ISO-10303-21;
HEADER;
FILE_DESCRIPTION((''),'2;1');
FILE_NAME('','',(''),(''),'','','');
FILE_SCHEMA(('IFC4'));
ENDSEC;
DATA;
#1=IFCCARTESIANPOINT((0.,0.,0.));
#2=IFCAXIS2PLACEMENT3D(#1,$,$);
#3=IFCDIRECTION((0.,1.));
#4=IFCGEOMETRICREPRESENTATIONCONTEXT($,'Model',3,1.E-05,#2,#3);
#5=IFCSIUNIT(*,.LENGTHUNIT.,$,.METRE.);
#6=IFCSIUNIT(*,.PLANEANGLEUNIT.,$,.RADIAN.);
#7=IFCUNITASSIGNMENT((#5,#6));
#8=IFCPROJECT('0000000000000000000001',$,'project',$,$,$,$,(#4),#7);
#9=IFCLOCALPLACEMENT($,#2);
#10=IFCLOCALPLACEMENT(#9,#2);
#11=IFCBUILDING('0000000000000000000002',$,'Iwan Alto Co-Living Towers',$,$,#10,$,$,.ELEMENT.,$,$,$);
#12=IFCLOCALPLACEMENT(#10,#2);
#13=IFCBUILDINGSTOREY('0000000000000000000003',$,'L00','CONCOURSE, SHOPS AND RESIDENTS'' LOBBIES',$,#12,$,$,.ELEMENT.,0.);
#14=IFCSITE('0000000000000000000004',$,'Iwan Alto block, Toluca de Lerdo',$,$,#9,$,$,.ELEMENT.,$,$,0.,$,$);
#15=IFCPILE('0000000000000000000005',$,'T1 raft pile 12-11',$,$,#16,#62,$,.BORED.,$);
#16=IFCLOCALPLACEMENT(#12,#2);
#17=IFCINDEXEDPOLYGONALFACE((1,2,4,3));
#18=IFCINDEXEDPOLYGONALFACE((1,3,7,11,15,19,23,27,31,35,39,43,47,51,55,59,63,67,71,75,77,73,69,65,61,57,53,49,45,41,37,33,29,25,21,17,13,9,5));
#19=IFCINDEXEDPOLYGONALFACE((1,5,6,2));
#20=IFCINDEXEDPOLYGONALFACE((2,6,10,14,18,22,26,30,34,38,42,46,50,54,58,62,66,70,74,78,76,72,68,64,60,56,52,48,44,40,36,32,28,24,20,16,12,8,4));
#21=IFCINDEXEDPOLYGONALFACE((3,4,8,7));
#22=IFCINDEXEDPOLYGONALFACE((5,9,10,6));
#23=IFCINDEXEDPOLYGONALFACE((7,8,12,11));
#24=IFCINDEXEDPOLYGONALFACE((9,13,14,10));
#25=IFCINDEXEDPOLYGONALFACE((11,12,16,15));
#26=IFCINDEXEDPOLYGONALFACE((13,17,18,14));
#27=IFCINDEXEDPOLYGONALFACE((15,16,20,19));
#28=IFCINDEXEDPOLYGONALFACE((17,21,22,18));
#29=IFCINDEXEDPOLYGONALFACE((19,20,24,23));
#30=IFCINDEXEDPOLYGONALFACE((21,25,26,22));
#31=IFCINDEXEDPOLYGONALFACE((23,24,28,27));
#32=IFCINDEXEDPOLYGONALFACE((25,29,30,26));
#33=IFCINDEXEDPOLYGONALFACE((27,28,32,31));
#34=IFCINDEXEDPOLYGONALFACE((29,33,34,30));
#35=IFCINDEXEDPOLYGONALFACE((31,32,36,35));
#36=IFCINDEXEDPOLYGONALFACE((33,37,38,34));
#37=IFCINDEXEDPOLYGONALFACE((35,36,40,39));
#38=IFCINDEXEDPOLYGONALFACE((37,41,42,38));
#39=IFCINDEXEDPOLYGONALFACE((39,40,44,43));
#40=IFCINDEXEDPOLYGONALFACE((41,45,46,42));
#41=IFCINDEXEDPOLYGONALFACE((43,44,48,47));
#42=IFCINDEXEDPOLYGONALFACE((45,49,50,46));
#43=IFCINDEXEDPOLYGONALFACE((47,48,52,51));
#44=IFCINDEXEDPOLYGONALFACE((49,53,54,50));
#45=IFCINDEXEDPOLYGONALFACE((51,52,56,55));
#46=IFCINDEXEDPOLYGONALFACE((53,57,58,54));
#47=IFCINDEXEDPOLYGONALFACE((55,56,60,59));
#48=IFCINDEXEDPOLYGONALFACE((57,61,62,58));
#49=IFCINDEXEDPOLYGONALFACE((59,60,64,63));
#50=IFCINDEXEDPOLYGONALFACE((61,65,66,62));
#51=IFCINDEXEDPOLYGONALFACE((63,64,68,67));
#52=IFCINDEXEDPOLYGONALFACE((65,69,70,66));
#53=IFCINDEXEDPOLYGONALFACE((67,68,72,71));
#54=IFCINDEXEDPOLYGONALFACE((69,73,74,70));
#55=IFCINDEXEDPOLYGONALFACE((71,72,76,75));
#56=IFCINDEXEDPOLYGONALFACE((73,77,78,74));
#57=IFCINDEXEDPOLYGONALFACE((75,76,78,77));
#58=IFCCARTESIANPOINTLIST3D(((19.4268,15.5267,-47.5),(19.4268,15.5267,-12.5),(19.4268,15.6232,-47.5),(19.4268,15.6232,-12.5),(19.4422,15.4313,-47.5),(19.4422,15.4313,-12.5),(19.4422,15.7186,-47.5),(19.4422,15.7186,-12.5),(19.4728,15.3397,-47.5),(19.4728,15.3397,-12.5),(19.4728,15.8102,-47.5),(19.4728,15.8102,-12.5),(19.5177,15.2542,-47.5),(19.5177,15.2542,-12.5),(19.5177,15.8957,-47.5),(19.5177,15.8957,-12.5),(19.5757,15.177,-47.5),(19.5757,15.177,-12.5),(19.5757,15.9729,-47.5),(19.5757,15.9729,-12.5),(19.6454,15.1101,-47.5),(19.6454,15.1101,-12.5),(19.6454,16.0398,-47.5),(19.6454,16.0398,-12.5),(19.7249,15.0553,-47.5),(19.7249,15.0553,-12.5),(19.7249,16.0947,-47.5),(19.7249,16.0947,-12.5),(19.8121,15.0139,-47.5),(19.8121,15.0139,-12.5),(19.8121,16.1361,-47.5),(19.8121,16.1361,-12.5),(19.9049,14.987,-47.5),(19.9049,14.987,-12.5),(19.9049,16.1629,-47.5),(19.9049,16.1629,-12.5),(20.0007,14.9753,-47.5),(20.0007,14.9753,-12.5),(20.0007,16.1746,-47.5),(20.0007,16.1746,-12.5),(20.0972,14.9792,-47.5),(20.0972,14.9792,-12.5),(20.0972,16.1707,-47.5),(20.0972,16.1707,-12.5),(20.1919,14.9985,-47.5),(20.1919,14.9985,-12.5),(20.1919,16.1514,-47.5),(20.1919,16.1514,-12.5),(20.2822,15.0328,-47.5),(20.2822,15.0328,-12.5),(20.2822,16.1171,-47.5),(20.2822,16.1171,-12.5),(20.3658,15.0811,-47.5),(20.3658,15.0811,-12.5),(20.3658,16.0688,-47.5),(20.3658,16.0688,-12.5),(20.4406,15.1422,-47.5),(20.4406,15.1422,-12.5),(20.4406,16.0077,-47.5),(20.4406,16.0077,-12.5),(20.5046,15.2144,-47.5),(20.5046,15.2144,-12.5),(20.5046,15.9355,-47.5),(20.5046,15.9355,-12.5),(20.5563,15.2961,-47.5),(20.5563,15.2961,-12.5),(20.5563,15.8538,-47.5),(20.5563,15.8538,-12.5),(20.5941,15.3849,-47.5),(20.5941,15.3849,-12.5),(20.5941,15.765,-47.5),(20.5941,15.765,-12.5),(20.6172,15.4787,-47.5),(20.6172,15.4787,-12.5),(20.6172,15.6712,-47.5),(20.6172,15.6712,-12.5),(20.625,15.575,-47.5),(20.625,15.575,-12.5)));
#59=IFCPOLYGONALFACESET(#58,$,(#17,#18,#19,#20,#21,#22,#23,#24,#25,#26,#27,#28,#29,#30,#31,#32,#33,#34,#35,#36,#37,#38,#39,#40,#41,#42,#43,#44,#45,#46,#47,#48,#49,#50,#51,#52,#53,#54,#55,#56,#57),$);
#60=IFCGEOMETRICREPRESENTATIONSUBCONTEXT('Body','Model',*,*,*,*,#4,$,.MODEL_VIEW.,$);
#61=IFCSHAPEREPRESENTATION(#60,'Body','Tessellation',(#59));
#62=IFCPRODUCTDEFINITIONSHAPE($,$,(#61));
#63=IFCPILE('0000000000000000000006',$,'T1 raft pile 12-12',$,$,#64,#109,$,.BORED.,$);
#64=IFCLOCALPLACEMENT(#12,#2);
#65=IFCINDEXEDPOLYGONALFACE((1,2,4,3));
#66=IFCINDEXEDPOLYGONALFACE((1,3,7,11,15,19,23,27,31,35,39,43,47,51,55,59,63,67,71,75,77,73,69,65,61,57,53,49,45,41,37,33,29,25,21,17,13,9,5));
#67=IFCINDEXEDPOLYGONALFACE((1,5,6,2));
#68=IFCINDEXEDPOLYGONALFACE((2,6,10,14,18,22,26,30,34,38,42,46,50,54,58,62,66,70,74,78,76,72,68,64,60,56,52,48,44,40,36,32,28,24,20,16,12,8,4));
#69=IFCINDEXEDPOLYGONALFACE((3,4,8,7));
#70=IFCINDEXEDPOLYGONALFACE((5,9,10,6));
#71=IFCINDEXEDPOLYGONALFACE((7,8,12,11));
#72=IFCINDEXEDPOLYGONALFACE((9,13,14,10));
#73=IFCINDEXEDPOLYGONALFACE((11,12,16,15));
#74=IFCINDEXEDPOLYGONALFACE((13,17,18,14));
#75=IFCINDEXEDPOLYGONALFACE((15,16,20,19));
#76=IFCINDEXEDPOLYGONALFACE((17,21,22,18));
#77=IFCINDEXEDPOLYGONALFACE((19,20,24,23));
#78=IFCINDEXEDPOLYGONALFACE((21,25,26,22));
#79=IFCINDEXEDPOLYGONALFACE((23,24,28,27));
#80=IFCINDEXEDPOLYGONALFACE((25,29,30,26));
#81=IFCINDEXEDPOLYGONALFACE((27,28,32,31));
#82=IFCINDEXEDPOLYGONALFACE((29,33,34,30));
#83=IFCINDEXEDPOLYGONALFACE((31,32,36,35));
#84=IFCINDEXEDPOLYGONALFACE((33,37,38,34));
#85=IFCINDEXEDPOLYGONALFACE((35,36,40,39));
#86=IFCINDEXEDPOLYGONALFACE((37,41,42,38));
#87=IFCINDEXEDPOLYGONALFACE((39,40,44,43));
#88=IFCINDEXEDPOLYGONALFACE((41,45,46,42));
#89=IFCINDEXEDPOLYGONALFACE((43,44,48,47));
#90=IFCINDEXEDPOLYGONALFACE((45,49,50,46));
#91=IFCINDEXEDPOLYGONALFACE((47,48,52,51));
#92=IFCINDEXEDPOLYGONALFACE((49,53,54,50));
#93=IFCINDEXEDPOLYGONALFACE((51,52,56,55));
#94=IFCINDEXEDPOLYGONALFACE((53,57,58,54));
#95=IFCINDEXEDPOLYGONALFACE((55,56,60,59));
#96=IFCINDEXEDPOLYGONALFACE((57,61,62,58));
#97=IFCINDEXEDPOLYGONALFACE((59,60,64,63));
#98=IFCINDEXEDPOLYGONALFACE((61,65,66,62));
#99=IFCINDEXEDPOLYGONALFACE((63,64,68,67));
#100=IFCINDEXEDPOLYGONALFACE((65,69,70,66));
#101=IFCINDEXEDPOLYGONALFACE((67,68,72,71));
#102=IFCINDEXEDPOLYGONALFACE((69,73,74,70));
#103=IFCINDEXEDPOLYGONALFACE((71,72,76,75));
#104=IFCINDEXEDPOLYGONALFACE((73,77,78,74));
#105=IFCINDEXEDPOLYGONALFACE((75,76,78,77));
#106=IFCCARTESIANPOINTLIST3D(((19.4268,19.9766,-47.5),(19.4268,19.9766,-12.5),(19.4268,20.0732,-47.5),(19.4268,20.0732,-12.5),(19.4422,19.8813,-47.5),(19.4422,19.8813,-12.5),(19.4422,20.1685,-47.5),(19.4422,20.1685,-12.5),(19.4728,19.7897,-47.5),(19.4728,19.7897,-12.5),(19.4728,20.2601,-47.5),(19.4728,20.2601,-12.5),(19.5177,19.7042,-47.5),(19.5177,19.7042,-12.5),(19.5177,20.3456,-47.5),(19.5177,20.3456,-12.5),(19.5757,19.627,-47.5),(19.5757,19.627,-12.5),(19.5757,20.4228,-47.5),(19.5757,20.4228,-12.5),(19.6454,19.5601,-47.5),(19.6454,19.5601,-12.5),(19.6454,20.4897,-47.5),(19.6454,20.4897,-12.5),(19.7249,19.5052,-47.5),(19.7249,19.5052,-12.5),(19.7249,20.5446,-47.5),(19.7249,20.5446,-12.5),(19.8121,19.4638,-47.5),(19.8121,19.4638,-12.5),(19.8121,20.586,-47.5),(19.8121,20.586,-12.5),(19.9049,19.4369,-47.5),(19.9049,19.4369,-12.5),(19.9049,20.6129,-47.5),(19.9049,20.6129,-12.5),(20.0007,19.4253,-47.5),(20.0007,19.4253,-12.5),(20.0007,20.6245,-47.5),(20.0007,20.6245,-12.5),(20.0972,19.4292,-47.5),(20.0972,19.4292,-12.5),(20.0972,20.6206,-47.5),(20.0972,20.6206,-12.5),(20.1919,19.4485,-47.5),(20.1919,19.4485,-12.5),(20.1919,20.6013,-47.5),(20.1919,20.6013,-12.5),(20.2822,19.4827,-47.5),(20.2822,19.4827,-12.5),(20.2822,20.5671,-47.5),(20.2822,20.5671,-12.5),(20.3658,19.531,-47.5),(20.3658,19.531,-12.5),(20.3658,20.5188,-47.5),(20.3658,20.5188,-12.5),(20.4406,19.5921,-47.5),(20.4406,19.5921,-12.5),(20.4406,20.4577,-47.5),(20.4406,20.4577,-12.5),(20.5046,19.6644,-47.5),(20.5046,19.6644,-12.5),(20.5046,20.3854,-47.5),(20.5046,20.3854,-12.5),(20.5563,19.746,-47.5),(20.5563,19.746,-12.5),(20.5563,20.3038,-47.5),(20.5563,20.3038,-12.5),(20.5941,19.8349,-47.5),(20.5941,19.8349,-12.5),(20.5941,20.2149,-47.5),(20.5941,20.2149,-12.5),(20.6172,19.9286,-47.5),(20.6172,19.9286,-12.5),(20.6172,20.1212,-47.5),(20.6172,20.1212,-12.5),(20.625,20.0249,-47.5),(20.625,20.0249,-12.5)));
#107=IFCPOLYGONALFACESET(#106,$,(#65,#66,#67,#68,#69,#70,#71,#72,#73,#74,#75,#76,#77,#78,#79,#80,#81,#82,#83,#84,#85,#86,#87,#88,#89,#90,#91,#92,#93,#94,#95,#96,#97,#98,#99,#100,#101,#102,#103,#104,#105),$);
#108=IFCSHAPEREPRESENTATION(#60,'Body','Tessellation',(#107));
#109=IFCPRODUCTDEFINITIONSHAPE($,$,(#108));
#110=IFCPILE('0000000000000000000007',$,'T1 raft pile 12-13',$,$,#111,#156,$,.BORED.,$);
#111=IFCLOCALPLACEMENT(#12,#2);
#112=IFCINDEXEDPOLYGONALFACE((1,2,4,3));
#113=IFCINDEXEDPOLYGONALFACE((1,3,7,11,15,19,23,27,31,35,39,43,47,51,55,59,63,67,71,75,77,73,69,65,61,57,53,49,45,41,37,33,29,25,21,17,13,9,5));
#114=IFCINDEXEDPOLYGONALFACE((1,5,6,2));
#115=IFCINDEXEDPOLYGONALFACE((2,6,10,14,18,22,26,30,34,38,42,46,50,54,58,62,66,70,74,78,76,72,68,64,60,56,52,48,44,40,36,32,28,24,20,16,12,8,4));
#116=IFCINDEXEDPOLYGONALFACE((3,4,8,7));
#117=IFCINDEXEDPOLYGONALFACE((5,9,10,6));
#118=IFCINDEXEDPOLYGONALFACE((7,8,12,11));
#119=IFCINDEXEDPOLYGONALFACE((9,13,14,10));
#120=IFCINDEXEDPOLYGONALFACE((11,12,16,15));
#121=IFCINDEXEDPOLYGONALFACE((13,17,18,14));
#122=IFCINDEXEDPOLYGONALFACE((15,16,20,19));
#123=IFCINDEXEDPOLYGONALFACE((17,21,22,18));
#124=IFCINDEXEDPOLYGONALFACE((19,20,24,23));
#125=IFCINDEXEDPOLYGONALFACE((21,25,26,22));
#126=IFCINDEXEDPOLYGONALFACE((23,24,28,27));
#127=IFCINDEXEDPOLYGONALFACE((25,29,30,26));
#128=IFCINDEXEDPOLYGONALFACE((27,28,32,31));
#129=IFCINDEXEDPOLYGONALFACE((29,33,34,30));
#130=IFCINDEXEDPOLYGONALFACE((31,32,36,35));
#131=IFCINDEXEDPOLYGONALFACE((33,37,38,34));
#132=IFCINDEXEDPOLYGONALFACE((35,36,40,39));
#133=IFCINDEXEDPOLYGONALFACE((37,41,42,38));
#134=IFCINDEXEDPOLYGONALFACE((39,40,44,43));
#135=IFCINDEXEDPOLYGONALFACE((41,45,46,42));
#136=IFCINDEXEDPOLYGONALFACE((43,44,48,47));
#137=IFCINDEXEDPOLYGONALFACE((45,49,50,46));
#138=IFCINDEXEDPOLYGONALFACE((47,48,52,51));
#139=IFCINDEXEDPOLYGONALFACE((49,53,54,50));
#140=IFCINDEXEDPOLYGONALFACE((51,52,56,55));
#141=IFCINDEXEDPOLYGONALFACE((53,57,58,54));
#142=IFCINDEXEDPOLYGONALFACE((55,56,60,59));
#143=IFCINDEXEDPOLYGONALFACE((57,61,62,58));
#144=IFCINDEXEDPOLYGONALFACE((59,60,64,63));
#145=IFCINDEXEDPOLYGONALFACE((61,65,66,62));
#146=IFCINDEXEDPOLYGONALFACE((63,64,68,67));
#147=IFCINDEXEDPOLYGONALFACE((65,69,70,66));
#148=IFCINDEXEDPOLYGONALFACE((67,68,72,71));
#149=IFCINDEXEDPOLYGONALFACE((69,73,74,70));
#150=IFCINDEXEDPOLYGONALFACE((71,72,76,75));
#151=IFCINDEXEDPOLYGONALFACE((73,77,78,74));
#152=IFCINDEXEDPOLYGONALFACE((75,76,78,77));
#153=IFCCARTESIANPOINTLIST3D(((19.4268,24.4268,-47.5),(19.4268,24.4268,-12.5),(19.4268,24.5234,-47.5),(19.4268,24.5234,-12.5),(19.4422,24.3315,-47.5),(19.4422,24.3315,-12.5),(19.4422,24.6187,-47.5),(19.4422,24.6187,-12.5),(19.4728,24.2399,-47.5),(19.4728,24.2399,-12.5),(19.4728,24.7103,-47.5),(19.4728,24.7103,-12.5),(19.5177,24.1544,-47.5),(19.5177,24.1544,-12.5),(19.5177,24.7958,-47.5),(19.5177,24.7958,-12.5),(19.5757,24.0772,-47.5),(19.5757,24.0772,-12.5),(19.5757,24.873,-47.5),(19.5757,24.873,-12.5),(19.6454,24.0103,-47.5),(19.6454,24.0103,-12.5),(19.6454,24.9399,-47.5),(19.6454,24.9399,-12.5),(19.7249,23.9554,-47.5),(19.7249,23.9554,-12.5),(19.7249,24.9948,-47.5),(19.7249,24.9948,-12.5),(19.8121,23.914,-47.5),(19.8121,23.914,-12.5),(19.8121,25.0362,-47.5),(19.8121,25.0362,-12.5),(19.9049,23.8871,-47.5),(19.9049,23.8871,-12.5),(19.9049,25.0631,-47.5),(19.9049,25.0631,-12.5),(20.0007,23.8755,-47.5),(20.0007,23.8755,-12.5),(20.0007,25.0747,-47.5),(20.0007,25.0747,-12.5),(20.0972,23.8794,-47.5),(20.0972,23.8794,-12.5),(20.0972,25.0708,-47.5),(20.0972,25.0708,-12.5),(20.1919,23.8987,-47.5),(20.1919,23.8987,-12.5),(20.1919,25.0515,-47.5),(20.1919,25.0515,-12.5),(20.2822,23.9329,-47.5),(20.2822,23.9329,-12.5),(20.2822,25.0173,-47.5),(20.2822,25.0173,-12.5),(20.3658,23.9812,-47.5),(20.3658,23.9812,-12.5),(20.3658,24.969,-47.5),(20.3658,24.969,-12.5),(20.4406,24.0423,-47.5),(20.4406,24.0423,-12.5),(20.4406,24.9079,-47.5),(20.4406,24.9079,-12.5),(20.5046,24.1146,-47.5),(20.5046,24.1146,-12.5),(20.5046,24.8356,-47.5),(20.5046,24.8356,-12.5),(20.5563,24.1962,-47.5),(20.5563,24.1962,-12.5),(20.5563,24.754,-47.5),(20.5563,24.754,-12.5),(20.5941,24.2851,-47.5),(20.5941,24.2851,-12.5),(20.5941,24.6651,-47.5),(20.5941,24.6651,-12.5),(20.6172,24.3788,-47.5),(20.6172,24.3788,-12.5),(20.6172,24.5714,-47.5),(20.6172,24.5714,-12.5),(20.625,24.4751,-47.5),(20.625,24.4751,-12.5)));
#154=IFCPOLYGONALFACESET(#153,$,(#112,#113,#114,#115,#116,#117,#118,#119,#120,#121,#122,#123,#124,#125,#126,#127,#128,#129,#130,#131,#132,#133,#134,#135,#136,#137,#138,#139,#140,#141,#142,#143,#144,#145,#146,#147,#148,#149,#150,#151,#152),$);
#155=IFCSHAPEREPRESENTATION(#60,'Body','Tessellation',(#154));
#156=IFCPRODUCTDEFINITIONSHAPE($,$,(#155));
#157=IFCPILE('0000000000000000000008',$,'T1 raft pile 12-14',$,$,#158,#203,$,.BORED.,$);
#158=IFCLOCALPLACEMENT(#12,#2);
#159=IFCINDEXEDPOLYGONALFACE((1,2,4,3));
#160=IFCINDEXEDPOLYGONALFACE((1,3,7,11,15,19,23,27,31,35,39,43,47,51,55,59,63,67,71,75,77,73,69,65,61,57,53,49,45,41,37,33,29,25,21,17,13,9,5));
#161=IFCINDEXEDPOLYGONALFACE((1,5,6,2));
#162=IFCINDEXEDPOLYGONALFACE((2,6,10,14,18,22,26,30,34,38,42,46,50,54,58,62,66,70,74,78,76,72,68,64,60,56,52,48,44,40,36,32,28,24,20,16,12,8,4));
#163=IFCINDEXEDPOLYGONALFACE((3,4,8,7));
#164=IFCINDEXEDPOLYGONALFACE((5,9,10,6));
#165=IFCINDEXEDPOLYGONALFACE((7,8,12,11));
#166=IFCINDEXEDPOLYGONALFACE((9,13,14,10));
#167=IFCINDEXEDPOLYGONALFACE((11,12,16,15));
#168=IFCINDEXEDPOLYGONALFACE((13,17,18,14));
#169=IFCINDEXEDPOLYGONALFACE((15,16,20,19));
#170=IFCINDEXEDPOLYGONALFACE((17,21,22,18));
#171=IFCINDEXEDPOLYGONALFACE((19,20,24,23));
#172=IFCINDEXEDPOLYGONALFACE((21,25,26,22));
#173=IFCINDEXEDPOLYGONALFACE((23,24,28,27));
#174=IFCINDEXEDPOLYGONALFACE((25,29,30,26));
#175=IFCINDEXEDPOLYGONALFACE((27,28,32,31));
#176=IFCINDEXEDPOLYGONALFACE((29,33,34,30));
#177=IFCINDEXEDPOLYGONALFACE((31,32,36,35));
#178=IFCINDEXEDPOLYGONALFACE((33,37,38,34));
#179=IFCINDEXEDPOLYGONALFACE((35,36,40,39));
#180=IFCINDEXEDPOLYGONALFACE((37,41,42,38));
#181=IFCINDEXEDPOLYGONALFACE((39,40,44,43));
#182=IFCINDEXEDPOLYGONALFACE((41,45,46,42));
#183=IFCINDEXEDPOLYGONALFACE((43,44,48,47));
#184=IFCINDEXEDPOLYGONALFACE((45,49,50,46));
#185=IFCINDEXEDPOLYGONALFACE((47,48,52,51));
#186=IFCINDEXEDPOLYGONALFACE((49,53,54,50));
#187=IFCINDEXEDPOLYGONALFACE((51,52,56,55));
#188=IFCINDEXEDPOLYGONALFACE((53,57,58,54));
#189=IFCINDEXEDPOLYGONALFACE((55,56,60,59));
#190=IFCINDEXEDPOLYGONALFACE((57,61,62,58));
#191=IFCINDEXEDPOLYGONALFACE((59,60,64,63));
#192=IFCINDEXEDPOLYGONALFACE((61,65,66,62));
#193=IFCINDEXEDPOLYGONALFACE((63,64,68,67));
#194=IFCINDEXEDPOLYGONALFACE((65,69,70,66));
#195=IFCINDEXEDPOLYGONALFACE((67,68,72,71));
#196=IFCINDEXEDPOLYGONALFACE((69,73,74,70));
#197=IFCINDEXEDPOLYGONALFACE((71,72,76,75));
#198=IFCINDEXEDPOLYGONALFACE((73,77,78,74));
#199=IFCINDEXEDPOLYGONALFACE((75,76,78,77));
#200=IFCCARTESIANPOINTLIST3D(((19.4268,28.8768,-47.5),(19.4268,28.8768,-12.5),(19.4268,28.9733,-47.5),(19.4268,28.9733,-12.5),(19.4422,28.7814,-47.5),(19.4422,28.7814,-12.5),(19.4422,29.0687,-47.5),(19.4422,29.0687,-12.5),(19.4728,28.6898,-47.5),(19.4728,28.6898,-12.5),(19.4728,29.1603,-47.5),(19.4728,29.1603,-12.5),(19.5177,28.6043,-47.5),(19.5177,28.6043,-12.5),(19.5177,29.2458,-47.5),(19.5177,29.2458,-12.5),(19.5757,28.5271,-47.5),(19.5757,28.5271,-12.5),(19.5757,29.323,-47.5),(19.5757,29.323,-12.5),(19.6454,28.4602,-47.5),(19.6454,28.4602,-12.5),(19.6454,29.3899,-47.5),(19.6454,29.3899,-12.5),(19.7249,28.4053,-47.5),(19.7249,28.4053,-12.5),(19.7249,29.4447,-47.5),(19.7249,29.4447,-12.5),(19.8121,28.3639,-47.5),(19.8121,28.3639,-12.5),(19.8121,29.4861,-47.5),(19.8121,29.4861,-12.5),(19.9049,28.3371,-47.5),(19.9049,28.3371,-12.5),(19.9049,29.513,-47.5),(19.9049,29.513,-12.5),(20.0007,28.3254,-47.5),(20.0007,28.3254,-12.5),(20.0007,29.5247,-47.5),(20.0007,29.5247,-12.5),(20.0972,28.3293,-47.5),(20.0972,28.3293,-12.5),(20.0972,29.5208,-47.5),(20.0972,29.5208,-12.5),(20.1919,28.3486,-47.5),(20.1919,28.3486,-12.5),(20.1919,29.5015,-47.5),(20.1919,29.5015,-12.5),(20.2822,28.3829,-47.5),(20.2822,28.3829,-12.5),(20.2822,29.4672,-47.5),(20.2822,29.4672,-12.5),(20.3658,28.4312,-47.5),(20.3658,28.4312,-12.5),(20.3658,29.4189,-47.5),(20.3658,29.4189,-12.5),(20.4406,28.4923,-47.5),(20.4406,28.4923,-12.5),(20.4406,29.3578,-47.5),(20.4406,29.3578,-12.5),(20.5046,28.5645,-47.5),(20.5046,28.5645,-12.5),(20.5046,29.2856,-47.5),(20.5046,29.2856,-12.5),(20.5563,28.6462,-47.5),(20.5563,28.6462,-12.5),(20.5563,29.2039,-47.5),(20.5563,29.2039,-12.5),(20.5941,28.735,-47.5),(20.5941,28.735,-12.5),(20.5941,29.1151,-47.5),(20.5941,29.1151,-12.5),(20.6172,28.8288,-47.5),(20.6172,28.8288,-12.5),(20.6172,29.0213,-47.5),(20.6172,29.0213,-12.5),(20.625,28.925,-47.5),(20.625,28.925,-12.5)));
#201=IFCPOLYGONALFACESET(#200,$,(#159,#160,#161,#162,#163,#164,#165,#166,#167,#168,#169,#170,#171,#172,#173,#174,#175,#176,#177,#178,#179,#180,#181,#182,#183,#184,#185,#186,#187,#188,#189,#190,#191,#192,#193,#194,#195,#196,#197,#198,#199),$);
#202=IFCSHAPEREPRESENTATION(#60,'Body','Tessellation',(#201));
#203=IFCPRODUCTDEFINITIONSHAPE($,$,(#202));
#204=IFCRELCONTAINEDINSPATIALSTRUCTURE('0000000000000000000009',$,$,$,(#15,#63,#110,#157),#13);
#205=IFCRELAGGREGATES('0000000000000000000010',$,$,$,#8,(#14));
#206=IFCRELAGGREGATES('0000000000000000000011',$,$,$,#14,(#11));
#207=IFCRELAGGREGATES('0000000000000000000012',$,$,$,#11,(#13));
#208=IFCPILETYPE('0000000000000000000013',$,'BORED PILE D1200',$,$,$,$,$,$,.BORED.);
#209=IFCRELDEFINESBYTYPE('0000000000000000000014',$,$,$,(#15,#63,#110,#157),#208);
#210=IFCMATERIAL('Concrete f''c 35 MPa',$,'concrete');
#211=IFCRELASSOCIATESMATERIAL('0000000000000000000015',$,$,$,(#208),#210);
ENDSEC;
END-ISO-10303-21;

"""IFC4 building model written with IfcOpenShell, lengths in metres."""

from ifc_helpers import new_model, si_unit, direction, frame, origin, origin_2d, place, context, subcontext, project, spatial, circle, extrude, material, material_profile, profile_set, type_object, element, save


model = new_model("IFC4")

# Units and contexts
model_context = context("Model", 3, precision=1e-05, world=origin(), true_north=direction((0.0, 1.0)))
body_context = subcontext(model_context, "Body", "Model", "MODEL_VIEW")
ifc_project = project(units=[si_unit("LENGTHUNIT", "METRE"), si_unit("PLANEANGLEUNIT", "RADIAN")], contexts=[model_context])

# Site, building, storey
site_placement = place(None, origin())
site = spatial("IfcSite", under=ifc_project, at=site_placement, Name="Iwan Alto block, Toluca de Lerdo", CompositionType="ELEMENT", RefElevation=0.0)
building_placement = place(site_placement, origin())
building = spatial("IfcBuilding", under=site, at=building_placement, Name="Iwan Alto Co-Living Towers", CompositionType="ELEMENT")
storey_placement = place(building_placement, origin())
storey = spatial("IfcBuildingStorey", under=building, at=storey_placement, Name="L00", Description="CONCOURSE, SHOPS AND RESIDENTS' LOBBIES", CompositionType="ELEMENT", Elevation=0.0)

# Piles
ifc_material_1 = material(Name="Concrete f'c 35 MPa", Category="concrete")
ifc_material_profile_1 = material_profile(ifc_material_1, circle(Radius=0.6001, at=origin_2d()), Name="D1200")
ifc_profile_set_1 = profile_set([ifc_material_profile_1], Name="Concrete f'c 35 MPa")
pile_type = type_object("IfcPileType", Name="BORED PILE D1200", PredefinedType="BORED", material=ifc_profile_set_1)
for number, where, z_axis, x_axis, name in (
    (1, (20.0249, 15.575, -12.5), (0.0, 0.0, -1.0), (1.0, 0.0, 0.0), "T1 raft pile 12-11"),
    (2, (20.0249, 20.0249, -12.5), (0.0, 0.0, -1.0), (1.0, 0.0, 0.0), "T1 raft pile 12-12"),
    (3, (20.0249, 24.4751, -12.5), (0.0, 0.0, -1.0), (1.0, 0.0, 0.0), "T1 raft pile 12-13"),
    (4, (20.0249, 28.925, -12.5), (0.0, 0.0, -1.0), (1.0, 0.0, 0.0), "T1 raft pile 12-14"),
):
    element("IfcPile", number, at=place(storey_placement, frame(where, z_axis=z_axis, x_axis=x_axis)), inside=storey, type_object=pile_type, Name=name, PredefinedType="BORED", context=body_context, shape_type="SweptSolid", body=[
        extrude(circle(Radius=0.6001, at=origin_2d()), origin(), (0.0, 0.0, 1.0), 35.0),
    ])

save(model, "model.ifc")
